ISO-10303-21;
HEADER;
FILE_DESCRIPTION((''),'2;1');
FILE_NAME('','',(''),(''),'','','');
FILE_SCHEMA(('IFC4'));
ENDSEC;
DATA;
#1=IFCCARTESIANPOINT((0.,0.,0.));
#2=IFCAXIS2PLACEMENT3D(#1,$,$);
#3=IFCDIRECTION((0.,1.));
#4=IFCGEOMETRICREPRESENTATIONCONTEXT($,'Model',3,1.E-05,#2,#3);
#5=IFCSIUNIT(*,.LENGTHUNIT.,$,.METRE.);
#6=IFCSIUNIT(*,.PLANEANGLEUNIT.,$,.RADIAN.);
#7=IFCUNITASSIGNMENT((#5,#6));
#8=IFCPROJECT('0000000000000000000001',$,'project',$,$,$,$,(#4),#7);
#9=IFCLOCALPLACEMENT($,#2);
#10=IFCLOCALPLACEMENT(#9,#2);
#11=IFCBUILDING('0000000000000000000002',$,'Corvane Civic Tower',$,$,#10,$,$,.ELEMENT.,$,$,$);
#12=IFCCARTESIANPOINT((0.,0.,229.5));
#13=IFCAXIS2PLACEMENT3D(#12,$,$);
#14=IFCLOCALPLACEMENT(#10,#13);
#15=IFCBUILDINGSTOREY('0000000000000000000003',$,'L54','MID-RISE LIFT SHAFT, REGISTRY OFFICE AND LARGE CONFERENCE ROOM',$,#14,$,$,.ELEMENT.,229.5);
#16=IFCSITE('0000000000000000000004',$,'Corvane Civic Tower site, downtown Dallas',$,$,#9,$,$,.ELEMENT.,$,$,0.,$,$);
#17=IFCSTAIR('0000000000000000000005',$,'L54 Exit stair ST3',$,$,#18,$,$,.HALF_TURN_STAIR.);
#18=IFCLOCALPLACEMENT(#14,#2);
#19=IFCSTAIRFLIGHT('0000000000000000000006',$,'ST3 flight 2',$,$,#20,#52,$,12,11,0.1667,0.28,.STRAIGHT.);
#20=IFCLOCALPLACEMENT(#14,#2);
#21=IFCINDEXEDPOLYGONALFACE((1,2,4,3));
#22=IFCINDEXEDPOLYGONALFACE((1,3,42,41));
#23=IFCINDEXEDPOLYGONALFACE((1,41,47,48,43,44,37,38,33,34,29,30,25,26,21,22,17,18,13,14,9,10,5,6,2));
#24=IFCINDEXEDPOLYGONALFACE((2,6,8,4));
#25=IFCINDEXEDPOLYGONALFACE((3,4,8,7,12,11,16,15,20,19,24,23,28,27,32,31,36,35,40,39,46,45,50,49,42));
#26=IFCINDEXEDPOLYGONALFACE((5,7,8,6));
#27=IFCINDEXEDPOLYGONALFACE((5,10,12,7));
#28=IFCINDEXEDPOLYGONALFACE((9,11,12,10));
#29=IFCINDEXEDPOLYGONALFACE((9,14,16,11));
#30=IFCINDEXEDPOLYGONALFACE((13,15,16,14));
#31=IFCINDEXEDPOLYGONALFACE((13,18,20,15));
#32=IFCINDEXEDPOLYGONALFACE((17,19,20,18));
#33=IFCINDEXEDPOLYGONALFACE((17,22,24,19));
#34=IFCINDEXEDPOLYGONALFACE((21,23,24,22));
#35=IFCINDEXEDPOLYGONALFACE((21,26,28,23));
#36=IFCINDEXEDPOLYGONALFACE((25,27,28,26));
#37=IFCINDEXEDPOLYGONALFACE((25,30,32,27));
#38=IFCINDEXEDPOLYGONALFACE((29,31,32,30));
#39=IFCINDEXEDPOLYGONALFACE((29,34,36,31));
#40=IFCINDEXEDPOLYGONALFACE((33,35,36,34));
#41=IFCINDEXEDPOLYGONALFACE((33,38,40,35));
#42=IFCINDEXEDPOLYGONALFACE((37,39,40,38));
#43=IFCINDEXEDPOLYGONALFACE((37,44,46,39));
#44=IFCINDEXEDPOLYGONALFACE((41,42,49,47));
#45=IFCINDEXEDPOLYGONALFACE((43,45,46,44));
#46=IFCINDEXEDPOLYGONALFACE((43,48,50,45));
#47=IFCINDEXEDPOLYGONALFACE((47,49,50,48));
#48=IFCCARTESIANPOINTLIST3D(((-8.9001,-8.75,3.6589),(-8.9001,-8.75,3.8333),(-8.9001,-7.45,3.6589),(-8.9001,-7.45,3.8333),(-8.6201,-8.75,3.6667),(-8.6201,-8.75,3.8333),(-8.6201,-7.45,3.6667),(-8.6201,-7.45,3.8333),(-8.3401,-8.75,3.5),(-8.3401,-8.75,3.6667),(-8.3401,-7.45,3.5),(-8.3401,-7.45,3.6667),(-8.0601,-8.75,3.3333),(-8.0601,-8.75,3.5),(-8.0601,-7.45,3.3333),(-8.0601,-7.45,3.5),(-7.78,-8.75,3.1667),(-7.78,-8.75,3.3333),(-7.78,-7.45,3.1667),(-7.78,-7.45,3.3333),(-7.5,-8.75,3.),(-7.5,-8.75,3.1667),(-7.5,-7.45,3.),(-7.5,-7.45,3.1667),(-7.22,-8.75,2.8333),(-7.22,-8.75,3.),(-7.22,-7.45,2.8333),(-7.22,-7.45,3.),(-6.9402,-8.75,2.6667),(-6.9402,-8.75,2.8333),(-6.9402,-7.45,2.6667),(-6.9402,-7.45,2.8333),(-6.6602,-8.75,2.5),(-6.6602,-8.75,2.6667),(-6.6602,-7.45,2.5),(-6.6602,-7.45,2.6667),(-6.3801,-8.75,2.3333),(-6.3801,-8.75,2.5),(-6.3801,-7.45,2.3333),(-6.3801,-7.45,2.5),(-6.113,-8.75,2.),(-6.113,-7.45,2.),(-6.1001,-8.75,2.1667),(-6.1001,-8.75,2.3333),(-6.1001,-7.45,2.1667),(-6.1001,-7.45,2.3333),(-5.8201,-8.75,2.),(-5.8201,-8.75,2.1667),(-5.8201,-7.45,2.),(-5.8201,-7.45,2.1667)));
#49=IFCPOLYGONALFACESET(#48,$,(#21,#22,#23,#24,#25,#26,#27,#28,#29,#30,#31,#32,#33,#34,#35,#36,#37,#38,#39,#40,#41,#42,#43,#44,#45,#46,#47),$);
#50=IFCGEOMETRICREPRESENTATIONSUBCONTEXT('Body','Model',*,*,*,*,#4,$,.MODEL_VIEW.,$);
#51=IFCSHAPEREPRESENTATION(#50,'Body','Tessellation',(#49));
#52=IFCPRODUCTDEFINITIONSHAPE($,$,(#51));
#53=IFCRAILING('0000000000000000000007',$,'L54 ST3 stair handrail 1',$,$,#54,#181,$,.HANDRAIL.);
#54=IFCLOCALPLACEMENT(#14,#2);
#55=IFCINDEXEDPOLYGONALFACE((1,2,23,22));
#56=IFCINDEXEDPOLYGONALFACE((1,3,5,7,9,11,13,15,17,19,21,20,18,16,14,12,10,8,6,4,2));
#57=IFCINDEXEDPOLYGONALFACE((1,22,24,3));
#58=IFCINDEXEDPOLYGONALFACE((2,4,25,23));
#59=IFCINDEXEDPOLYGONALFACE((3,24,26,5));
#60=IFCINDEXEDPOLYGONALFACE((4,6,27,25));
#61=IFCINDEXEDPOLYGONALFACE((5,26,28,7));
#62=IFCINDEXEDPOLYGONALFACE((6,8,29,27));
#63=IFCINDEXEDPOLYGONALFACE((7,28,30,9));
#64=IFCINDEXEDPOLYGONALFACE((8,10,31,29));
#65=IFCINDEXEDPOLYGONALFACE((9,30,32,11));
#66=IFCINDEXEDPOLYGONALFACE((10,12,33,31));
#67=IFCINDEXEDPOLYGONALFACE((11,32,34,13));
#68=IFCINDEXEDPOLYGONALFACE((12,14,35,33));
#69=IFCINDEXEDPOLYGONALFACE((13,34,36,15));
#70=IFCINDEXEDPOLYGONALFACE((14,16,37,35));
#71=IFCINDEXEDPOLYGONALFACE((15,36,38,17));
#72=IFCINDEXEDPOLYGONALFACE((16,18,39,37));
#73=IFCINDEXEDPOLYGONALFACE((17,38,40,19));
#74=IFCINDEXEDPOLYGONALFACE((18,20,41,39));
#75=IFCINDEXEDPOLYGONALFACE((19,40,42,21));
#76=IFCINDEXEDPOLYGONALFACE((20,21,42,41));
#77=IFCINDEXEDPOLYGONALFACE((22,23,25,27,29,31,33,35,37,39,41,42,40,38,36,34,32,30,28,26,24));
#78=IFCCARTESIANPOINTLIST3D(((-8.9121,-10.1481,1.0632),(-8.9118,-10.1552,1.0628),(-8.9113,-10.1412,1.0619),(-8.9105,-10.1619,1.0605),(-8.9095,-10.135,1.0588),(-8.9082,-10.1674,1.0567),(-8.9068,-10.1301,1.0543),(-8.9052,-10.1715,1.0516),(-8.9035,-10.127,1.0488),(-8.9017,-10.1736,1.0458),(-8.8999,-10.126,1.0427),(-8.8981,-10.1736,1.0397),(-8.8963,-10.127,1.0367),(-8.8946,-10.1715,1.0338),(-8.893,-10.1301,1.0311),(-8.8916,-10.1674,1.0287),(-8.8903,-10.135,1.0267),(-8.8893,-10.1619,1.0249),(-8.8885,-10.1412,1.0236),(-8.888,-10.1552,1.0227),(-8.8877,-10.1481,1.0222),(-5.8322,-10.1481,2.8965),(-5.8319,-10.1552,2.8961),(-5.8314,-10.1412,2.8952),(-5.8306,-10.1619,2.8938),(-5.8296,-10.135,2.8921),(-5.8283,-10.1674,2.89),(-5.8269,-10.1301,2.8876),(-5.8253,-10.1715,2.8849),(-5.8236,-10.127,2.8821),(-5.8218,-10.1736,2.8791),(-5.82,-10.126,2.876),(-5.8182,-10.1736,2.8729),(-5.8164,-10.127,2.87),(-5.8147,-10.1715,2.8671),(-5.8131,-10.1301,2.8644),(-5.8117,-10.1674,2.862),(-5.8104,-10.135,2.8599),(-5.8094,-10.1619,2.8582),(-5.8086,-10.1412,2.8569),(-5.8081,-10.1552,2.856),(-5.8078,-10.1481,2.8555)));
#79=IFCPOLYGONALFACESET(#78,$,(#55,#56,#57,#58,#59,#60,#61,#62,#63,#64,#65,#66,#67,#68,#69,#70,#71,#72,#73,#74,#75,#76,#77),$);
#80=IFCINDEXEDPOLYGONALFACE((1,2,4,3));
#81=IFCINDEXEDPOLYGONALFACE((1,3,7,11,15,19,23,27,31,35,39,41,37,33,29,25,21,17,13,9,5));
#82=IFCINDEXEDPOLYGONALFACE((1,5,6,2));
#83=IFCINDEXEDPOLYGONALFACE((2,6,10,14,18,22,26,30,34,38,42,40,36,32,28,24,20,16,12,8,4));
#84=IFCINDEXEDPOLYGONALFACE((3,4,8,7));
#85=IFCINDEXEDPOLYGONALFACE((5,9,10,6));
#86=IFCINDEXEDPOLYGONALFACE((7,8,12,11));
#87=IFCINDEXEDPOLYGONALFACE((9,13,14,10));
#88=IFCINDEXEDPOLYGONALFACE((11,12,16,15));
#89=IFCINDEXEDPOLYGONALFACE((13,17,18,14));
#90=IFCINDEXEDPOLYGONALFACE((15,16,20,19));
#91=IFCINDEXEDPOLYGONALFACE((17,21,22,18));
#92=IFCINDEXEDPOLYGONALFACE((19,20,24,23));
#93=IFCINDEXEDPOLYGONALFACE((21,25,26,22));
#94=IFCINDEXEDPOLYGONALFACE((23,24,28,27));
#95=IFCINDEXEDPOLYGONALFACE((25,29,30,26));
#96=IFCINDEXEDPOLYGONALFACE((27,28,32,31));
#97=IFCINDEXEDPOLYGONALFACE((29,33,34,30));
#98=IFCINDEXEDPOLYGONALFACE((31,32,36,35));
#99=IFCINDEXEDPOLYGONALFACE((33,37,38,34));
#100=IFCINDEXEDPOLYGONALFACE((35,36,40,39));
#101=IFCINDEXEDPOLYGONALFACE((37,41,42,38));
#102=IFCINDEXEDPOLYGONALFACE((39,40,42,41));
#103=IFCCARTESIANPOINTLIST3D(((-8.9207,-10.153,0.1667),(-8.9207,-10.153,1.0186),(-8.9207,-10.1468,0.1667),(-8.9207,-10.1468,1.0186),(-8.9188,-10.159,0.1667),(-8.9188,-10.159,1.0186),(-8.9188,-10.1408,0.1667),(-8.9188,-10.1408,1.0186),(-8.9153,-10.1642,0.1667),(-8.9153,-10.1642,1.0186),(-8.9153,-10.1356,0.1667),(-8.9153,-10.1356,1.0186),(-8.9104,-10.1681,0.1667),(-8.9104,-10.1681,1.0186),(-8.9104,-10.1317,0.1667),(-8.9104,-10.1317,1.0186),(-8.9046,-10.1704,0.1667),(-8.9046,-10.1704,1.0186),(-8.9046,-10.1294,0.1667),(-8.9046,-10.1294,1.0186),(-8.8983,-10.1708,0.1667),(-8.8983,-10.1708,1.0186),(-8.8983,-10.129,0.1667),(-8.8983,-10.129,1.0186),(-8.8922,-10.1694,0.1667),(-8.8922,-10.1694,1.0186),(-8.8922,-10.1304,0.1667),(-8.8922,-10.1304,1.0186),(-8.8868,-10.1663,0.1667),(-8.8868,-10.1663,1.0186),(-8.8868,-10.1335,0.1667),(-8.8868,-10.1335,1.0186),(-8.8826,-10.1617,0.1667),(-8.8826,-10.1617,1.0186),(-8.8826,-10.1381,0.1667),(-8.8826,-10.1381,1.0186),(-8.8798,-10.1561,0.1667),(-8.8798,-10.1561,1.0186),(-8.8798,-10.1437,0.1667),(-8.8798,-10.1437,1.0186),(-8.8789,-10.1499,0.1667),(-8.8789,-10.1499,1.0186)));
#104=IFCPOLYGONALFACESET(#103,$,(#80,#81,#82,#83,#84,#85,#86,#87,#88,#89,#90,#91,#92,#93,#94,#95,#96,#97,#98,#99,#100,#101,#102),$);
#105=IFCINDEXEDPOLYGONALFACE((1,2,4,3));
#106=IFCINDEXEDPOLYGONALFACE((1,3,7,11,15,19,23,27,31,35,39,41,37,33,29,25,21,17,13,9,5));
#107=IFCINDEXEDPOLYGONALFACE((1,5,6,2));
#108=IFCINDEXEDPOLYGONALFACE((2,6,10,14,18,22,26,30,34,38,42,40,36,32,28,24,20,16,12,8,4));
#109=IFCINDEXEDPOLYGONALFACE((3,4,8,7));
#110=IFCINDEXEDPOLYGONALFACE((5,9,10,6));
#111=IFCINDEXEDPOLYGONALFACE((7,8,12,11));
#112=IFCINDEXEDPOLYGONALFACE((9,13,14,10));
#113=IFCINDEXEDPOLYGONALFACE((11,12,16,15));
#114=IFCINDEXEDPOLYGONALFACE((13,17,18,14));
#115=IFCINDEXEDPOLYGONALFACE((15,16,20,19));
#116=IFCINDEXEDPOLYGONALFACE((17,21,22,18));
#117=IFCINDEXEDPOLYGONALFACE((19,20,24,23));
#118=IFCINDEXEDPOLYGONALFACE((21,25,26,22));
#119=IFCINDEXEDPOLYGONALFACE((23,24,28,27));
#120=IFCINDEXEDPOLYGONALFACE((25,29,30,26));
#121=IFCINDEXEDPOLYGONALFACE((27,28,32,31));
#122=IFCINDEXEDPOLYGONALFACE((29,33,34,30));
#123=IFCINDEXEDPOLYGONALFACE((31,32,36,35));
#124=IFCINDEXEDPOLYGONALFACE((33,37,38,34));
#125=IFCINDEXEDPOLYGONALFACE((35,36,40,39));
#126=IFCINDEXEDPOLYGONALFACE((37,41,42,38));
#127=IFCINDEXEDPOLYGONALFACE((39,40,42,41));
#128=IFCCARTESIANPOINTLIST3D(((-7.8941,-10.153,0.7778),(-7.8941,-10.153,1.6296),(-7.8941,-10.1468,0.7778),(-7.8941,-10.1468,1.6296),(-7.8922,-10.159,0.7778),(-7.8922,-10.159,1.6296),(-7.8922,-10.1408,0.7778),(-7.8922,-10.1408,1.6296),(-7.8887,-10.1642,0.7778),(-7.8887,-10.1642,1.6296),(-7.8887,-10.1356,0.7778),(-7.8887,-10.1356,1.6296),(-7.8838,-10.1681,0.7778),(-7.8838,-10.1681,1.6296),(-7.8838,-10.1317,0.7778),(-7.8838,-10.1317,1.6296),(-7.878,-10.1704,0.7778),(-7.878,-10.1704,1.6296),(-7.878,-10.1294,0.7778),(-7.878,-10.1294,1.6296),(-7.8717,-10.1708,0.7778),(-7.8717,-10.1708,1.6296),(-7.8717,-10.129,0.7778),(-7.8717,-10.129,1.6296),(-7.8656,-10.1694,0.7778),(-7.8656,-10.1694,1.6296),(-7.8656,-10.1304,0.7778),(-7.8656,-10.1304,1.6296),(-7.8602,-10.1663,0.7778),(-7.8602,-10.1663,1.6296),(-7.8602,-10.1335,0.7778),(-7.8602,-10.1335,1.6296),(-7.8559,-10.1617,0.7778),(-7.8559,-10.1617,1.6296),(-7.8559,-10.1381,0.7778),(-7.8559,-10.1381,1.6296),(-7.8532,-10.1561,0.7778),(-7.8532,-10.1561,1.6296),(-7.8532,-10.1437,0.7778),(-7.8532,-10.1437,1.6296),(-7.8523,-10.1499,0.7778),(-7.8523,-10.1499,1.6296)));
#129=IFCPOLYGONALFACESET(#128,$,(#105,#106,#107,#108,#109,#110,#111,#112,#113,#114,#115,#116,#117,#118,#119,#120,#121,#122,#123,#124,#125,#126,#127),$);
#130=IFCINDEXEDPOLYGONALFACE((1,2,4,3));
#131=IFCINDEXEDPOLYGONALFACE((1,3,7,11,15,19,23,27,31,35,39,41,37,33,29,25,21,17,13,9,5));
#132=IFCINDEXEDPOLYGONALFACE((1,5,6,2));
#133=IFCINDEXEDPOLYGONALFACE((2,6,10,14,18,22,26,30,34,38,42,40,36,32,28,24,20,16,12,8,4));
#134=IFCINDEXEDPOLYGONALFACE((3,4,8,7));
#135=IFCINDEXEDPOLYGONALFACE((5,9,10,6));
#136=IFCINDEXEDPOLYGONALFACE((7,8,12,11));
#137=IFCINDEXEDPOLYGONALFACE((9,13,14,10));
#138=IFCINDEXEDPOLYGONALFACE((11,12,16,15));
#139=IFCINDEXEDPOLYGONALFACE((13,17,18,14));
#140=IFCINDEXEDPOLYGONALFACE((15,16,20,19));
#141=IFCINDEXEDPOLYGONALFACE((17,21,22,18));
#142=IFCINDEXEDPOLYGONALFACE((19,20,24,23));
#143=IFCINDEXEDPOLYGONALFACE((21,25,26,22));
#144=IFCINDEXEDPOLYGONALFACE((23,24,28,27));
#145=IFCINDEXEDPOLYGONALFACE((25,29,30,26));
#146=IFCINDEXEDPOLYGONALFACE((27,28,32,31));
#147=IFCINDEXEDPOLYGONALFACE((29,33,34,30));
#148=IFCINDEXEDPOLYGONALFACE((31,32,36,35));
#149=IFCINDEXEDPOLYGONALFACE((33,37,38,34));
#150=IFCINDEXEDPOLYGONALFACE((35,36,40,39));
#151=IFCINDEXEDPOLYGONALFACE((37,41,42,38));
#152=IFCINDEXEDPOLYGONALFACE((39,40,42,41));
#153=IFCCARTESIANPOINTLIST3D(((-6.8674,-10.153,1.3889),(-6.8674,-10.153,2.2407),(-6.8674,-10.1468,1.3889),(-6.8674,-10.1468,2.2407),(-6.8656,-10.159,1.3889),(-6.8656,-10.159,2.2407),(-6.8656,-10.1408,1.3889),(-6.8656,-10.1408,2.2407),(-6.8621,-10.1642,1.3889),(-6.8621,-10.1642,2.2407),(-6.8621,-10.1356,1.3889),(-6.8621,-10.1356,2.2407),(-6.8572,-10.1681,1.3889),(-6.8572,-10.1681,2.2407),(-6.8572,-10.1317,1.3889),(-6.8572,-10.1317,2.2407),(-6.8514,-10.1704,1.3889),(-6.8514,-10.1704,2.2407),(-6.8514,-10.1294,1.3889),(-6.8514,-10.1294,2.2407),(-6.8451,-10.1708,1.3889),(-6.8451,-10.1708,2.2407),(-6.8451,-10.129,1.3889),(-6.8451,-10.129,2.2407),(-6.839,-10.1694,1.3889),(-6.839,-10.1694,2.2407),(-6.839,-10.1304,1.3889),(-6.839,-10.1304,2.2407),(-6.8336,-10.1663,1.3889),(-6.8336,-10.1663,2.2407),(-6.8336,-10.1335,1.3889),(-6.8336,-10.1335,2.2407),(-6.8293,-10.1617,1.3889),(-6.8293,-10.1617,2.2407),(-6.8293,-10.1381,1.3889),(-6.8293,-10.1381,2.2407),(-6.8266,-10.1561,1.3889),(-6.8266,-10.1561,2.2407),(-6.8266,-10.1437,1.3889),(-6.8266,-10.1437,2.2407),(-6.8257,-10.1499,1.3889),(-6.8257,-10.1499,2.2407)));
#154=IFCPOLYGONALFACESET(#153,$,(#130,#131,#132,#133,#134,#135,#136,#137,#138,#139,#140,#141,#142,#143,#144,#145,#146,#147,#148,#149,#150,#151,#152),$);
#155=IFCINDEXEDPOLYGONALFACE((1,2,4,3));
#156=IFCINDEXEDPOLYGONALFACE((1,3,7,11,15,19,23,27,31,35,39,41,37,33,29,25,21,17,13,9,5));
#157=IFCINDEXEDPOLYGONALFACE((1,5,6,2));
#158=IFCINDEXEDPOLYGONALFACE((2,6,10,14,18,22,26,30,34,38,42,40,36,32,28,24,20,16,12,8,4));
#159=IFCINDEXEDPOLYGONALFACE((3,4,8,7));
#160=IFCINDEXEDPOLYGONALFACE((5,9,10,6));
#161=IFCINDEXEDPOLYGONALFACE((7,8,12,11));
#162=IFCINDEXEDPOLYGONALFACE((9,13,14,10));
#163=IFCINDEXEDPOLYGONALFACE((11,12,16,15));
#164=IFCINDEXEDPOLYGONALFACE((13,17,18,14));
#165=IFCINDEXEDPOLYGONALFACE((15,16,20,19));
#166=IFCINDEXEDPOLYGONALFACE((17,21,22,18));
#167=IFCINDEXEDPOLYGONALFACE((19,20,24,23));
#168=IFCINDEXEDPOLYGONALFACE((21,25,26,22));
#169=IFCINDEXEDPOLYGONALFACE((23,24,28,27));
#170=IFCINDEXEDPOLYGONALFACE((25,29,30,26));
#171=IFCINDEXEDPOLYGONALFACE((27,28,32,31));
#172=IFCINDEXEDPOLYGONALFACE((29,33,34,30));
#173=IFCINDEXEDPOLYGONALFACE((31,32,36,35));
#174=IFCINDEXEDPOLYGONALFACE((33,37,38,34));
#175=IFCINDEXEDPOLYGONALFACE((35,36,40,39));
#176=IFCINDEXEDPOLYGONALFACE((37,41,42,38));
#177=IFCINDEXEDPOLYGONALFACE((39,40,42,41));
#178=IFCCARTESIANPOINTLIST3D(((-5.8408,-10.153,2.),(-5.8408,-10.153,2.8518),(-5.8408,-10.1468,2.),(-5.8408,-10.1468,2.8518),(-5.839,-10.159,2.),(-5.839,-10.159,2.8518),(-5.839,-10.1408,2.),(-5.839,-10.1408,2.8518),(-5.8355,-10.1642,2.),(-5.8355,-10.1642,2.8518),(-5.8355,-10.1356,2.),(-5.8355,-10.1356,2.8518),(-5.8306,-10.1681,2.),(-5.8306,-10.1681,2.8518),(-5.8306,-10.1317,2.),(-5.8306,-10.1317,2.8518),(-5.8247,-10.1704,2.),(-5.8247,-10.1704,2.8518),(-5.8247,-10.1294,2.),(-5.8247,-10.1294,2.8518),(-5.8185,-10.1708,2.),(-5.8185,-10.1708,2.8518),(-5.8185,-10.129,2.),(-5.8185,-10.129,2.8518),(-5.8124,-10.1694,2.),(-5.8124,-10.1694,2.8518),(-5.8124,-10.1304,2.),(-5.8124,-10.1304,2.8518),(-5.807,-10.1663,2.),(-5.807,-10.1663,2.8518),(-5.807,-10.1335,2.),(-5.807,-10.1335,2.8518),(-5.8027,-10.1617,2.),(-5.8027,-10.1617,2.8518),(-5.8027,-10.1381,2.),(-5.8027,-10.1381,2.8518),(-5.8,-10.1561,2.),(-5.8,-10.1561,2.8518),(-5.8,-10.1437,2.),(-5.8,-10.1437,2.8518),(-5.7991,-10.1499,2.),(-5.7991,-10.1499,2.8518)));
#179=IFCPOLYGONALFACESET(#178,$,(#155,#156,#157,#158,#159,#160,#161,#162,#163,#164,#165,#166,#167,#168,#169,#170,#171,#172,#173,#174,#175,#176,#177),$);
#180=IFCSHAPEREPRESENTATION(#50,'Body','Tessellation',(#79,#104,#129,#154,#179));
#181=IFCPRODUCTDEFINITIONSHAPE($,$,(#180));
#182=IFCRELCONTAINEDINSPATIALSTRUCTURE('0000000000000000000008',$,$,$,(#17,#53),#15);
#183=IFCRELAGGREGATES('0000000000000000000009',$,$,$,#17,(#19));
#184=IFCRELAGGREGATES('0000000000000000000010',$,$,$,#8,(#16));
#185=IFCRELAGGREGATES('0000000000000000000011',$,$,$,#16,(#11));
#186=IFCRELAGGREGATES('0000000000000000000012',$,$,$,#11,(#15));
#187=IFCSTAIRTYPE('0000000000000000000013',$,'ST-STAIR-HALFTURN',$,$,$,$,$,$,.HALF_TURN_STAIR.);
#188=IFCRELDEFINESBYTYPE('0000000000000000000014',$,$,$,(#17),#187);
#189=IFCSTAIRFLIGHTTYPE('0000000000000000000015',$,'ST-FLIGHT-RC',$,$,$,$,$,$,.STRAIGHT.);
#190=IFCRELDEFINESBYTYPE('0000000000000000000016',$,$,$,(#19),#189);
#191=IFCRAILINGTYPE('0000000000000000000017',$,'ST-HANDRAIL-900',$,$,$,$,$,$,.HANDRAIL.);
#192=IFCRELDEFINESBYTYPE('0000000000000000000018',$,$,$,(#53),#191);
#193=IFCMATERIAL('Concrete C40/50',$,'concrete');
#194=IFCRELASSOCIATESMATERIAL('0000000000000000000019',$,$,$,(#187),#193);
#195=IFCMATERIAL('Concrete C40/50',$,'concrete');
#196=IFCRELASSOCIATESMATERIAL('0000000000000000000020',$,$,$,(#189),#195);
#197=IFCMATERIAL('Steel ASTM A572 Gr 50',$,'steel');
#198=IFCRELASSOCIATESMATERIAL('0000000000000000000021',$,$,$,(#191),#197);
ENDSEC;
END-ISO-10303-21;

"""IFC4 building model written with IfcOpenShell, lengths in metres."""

from ifc_helpers import new_model, si_unit, direction, frame, origin, origin_2d, place, context, subcontext, project, spatial, polyline, circle, outline, extrude, material, type_object, element, aggregate, save


model = new_model("IFC4")

# Units and contexts
model_context = context("Model", 3, precision=1e-05, world=origin(), true_north=direction((0.0, 1.0)))
body_context = subcontext(model_context, "Body", "Model", "MODEL_VIEW")
ifc_project = project(units=[si_unit("LENGTHUNIT", "METRE"), si_unit("PLANEANGLEUNIT", "RADIAN")], contexts=[model_context])

# Site, building, storey
site_placement = place(None, origin())
site = spatial("IfcSite", under=ifc_project, at=site_placement, Name="Corvane Civic Tower site, downtown Dallas", CompositionType="ELEMENT", RefElevation=0.0)
building_placement = place(site_placement, origin())
building = spatial("IfcBuilding", under=site, at=building_placement, Name="Corvane Civic Tower", CompositionType="ELEMENT")
storey_placement = place(building_placement, frame((0.0, 0.0, 229.5)))
storey = spatial("IfcBuildingStorey", under=building, at=storey_placement, Name="L54", Description="MID-RISE LIFT SHAFT, REGISTRY OFFICE AND LARGE CONFERENCE ROOM", CompositionType="ELEMENT", Elevation=229.5)

# Stair, stair flight
ifc_material_1 = material(Name="Concrete C40/50", Category="concrete")
stair_type = type_object("IfcStairType", Name="ST-STAIR-HALFTURN", PredefinedType="HALF_TURN_STAIR", material=ifc_material_1)
stair_placement = place(storey_placement, origin())
stair = element("IfcStair", 1, at=stair_placement, inside=storey, type_object=stair_type, Name="L54 Exit stair ST3", PredefinedType="HALF_TURN_STAIR")
ifc_material_2 = material(Name="Concrete C40/50", Category="concrete")
stair_flight_type = type_object("IfcStairFlightType", Name="ST-FLIGHT-RC", PredefinedType="STRAIGHT", material=ifc_material_2)
stair_flight_1_placement = place(storey_placement, frame((-5.8201, -8.1001, 2.0), z_axis=(0.0, 0.0, 1.0), x_axis=(-1.0, 0.0, 0.0)))
stair_flight_1 = element("IfcStairFlight", 2, at=stair_flight_1_placement, type_object=stair_flight_type, Name="ST3 flight 2", NumberOfRisers=12, NumberOfTreads=11, PredefinedType="STRAIGHT", RiserHeight=0.1667, TreadLength=0.28, context=body_context, shape_type="SweptSolid", body=[
    extrude(outline(polyline([(0.0, 0.0), (0.0, 0.1667), (0.28, 0.1667), (0.28, 0.3333), (0.5601, 0.3333), (0.5601, 0.5), (0.8401, 0.5), (0.8401, 0.6667), (1.1201, 0.6667), (1.1201, 0.8333), (1.3999, 0.8333), (1.3999, 1.0), (1.6799, 1.0), (1.6799, 1.1667), (1.96, 1.1667), (1.96, 1.3333), (2.24, 1.3333), (2.24, 1.5), (2.52, 1.5), (2.52, 1.6667), (2.8, 1.6667), (2.8, 1.8333), (3.0801, 1.8333), (3.0801, 2.0), (3.0801, 1.6589), (0.293, 0.0), (0.0, 0.0)])), frame((0.0, 0.6499, 0.0), z_axis=(0.0, -1.0, 0.0), x_axis=(1.0, 0.0, 0.0)), (0.0, 0.0, 1.0), 1.3),
])
aggregate(stair, [stair_flight_1])

# Railing
ifc_material_3 = material(Name="Steel ASTM A572 Gr 50", Category="steel")
railing_type_1 = type_object("IfcRailingType", Name="ST-HANDRAIL-900", PredefinedType="HANDRAIL", material=ifc_material_3)
railing_1_placement = place(storey_placement, frame((-8.8999, -10.1499, 0.1667)))
element("IfcRailing", 3, at=railing_1_placement, inside=storey, type_object=railing_type_1, Name="L54 ST3 stair handrail 1", PredefinedType="HANDRAIL", context=body_context, shape_type="SweptSolid", body=[
    extrude(circle(Radius=0.0239, at=origin_2d()), frame((0.0, 0.0, 0.876), z_axis=(0.859291, 0.0, 0.511487), x_axis=(0.0, 1.0, 0.0)), (0.0, 0.0, 1.0), 3.5842),
    extrude(circle(Radius=0.021, at=origin_2d()), origin(), (0.0, 0.0, 1.0), 0.8518),
    extrude(circle(Radius=0.021, at=origin_2d()), frame((1.0266, 0.0, 0.6111)), (0.0, 0.0, 1.0), 0.8518),
    extrude(circle(Radius=0.021, at=origin_2d()), frame((2.0532, 0.0, 1.2222)), (0.0, 0.0, 1.0), 0.8518),
    extrude(circle(Radius=0.021, at=origin_2d()), frame((3.0798, 0.0, 1.8333)), (0.0, 0.0, 1.0), 0.8518),
])

save(model, "model.ifc")
